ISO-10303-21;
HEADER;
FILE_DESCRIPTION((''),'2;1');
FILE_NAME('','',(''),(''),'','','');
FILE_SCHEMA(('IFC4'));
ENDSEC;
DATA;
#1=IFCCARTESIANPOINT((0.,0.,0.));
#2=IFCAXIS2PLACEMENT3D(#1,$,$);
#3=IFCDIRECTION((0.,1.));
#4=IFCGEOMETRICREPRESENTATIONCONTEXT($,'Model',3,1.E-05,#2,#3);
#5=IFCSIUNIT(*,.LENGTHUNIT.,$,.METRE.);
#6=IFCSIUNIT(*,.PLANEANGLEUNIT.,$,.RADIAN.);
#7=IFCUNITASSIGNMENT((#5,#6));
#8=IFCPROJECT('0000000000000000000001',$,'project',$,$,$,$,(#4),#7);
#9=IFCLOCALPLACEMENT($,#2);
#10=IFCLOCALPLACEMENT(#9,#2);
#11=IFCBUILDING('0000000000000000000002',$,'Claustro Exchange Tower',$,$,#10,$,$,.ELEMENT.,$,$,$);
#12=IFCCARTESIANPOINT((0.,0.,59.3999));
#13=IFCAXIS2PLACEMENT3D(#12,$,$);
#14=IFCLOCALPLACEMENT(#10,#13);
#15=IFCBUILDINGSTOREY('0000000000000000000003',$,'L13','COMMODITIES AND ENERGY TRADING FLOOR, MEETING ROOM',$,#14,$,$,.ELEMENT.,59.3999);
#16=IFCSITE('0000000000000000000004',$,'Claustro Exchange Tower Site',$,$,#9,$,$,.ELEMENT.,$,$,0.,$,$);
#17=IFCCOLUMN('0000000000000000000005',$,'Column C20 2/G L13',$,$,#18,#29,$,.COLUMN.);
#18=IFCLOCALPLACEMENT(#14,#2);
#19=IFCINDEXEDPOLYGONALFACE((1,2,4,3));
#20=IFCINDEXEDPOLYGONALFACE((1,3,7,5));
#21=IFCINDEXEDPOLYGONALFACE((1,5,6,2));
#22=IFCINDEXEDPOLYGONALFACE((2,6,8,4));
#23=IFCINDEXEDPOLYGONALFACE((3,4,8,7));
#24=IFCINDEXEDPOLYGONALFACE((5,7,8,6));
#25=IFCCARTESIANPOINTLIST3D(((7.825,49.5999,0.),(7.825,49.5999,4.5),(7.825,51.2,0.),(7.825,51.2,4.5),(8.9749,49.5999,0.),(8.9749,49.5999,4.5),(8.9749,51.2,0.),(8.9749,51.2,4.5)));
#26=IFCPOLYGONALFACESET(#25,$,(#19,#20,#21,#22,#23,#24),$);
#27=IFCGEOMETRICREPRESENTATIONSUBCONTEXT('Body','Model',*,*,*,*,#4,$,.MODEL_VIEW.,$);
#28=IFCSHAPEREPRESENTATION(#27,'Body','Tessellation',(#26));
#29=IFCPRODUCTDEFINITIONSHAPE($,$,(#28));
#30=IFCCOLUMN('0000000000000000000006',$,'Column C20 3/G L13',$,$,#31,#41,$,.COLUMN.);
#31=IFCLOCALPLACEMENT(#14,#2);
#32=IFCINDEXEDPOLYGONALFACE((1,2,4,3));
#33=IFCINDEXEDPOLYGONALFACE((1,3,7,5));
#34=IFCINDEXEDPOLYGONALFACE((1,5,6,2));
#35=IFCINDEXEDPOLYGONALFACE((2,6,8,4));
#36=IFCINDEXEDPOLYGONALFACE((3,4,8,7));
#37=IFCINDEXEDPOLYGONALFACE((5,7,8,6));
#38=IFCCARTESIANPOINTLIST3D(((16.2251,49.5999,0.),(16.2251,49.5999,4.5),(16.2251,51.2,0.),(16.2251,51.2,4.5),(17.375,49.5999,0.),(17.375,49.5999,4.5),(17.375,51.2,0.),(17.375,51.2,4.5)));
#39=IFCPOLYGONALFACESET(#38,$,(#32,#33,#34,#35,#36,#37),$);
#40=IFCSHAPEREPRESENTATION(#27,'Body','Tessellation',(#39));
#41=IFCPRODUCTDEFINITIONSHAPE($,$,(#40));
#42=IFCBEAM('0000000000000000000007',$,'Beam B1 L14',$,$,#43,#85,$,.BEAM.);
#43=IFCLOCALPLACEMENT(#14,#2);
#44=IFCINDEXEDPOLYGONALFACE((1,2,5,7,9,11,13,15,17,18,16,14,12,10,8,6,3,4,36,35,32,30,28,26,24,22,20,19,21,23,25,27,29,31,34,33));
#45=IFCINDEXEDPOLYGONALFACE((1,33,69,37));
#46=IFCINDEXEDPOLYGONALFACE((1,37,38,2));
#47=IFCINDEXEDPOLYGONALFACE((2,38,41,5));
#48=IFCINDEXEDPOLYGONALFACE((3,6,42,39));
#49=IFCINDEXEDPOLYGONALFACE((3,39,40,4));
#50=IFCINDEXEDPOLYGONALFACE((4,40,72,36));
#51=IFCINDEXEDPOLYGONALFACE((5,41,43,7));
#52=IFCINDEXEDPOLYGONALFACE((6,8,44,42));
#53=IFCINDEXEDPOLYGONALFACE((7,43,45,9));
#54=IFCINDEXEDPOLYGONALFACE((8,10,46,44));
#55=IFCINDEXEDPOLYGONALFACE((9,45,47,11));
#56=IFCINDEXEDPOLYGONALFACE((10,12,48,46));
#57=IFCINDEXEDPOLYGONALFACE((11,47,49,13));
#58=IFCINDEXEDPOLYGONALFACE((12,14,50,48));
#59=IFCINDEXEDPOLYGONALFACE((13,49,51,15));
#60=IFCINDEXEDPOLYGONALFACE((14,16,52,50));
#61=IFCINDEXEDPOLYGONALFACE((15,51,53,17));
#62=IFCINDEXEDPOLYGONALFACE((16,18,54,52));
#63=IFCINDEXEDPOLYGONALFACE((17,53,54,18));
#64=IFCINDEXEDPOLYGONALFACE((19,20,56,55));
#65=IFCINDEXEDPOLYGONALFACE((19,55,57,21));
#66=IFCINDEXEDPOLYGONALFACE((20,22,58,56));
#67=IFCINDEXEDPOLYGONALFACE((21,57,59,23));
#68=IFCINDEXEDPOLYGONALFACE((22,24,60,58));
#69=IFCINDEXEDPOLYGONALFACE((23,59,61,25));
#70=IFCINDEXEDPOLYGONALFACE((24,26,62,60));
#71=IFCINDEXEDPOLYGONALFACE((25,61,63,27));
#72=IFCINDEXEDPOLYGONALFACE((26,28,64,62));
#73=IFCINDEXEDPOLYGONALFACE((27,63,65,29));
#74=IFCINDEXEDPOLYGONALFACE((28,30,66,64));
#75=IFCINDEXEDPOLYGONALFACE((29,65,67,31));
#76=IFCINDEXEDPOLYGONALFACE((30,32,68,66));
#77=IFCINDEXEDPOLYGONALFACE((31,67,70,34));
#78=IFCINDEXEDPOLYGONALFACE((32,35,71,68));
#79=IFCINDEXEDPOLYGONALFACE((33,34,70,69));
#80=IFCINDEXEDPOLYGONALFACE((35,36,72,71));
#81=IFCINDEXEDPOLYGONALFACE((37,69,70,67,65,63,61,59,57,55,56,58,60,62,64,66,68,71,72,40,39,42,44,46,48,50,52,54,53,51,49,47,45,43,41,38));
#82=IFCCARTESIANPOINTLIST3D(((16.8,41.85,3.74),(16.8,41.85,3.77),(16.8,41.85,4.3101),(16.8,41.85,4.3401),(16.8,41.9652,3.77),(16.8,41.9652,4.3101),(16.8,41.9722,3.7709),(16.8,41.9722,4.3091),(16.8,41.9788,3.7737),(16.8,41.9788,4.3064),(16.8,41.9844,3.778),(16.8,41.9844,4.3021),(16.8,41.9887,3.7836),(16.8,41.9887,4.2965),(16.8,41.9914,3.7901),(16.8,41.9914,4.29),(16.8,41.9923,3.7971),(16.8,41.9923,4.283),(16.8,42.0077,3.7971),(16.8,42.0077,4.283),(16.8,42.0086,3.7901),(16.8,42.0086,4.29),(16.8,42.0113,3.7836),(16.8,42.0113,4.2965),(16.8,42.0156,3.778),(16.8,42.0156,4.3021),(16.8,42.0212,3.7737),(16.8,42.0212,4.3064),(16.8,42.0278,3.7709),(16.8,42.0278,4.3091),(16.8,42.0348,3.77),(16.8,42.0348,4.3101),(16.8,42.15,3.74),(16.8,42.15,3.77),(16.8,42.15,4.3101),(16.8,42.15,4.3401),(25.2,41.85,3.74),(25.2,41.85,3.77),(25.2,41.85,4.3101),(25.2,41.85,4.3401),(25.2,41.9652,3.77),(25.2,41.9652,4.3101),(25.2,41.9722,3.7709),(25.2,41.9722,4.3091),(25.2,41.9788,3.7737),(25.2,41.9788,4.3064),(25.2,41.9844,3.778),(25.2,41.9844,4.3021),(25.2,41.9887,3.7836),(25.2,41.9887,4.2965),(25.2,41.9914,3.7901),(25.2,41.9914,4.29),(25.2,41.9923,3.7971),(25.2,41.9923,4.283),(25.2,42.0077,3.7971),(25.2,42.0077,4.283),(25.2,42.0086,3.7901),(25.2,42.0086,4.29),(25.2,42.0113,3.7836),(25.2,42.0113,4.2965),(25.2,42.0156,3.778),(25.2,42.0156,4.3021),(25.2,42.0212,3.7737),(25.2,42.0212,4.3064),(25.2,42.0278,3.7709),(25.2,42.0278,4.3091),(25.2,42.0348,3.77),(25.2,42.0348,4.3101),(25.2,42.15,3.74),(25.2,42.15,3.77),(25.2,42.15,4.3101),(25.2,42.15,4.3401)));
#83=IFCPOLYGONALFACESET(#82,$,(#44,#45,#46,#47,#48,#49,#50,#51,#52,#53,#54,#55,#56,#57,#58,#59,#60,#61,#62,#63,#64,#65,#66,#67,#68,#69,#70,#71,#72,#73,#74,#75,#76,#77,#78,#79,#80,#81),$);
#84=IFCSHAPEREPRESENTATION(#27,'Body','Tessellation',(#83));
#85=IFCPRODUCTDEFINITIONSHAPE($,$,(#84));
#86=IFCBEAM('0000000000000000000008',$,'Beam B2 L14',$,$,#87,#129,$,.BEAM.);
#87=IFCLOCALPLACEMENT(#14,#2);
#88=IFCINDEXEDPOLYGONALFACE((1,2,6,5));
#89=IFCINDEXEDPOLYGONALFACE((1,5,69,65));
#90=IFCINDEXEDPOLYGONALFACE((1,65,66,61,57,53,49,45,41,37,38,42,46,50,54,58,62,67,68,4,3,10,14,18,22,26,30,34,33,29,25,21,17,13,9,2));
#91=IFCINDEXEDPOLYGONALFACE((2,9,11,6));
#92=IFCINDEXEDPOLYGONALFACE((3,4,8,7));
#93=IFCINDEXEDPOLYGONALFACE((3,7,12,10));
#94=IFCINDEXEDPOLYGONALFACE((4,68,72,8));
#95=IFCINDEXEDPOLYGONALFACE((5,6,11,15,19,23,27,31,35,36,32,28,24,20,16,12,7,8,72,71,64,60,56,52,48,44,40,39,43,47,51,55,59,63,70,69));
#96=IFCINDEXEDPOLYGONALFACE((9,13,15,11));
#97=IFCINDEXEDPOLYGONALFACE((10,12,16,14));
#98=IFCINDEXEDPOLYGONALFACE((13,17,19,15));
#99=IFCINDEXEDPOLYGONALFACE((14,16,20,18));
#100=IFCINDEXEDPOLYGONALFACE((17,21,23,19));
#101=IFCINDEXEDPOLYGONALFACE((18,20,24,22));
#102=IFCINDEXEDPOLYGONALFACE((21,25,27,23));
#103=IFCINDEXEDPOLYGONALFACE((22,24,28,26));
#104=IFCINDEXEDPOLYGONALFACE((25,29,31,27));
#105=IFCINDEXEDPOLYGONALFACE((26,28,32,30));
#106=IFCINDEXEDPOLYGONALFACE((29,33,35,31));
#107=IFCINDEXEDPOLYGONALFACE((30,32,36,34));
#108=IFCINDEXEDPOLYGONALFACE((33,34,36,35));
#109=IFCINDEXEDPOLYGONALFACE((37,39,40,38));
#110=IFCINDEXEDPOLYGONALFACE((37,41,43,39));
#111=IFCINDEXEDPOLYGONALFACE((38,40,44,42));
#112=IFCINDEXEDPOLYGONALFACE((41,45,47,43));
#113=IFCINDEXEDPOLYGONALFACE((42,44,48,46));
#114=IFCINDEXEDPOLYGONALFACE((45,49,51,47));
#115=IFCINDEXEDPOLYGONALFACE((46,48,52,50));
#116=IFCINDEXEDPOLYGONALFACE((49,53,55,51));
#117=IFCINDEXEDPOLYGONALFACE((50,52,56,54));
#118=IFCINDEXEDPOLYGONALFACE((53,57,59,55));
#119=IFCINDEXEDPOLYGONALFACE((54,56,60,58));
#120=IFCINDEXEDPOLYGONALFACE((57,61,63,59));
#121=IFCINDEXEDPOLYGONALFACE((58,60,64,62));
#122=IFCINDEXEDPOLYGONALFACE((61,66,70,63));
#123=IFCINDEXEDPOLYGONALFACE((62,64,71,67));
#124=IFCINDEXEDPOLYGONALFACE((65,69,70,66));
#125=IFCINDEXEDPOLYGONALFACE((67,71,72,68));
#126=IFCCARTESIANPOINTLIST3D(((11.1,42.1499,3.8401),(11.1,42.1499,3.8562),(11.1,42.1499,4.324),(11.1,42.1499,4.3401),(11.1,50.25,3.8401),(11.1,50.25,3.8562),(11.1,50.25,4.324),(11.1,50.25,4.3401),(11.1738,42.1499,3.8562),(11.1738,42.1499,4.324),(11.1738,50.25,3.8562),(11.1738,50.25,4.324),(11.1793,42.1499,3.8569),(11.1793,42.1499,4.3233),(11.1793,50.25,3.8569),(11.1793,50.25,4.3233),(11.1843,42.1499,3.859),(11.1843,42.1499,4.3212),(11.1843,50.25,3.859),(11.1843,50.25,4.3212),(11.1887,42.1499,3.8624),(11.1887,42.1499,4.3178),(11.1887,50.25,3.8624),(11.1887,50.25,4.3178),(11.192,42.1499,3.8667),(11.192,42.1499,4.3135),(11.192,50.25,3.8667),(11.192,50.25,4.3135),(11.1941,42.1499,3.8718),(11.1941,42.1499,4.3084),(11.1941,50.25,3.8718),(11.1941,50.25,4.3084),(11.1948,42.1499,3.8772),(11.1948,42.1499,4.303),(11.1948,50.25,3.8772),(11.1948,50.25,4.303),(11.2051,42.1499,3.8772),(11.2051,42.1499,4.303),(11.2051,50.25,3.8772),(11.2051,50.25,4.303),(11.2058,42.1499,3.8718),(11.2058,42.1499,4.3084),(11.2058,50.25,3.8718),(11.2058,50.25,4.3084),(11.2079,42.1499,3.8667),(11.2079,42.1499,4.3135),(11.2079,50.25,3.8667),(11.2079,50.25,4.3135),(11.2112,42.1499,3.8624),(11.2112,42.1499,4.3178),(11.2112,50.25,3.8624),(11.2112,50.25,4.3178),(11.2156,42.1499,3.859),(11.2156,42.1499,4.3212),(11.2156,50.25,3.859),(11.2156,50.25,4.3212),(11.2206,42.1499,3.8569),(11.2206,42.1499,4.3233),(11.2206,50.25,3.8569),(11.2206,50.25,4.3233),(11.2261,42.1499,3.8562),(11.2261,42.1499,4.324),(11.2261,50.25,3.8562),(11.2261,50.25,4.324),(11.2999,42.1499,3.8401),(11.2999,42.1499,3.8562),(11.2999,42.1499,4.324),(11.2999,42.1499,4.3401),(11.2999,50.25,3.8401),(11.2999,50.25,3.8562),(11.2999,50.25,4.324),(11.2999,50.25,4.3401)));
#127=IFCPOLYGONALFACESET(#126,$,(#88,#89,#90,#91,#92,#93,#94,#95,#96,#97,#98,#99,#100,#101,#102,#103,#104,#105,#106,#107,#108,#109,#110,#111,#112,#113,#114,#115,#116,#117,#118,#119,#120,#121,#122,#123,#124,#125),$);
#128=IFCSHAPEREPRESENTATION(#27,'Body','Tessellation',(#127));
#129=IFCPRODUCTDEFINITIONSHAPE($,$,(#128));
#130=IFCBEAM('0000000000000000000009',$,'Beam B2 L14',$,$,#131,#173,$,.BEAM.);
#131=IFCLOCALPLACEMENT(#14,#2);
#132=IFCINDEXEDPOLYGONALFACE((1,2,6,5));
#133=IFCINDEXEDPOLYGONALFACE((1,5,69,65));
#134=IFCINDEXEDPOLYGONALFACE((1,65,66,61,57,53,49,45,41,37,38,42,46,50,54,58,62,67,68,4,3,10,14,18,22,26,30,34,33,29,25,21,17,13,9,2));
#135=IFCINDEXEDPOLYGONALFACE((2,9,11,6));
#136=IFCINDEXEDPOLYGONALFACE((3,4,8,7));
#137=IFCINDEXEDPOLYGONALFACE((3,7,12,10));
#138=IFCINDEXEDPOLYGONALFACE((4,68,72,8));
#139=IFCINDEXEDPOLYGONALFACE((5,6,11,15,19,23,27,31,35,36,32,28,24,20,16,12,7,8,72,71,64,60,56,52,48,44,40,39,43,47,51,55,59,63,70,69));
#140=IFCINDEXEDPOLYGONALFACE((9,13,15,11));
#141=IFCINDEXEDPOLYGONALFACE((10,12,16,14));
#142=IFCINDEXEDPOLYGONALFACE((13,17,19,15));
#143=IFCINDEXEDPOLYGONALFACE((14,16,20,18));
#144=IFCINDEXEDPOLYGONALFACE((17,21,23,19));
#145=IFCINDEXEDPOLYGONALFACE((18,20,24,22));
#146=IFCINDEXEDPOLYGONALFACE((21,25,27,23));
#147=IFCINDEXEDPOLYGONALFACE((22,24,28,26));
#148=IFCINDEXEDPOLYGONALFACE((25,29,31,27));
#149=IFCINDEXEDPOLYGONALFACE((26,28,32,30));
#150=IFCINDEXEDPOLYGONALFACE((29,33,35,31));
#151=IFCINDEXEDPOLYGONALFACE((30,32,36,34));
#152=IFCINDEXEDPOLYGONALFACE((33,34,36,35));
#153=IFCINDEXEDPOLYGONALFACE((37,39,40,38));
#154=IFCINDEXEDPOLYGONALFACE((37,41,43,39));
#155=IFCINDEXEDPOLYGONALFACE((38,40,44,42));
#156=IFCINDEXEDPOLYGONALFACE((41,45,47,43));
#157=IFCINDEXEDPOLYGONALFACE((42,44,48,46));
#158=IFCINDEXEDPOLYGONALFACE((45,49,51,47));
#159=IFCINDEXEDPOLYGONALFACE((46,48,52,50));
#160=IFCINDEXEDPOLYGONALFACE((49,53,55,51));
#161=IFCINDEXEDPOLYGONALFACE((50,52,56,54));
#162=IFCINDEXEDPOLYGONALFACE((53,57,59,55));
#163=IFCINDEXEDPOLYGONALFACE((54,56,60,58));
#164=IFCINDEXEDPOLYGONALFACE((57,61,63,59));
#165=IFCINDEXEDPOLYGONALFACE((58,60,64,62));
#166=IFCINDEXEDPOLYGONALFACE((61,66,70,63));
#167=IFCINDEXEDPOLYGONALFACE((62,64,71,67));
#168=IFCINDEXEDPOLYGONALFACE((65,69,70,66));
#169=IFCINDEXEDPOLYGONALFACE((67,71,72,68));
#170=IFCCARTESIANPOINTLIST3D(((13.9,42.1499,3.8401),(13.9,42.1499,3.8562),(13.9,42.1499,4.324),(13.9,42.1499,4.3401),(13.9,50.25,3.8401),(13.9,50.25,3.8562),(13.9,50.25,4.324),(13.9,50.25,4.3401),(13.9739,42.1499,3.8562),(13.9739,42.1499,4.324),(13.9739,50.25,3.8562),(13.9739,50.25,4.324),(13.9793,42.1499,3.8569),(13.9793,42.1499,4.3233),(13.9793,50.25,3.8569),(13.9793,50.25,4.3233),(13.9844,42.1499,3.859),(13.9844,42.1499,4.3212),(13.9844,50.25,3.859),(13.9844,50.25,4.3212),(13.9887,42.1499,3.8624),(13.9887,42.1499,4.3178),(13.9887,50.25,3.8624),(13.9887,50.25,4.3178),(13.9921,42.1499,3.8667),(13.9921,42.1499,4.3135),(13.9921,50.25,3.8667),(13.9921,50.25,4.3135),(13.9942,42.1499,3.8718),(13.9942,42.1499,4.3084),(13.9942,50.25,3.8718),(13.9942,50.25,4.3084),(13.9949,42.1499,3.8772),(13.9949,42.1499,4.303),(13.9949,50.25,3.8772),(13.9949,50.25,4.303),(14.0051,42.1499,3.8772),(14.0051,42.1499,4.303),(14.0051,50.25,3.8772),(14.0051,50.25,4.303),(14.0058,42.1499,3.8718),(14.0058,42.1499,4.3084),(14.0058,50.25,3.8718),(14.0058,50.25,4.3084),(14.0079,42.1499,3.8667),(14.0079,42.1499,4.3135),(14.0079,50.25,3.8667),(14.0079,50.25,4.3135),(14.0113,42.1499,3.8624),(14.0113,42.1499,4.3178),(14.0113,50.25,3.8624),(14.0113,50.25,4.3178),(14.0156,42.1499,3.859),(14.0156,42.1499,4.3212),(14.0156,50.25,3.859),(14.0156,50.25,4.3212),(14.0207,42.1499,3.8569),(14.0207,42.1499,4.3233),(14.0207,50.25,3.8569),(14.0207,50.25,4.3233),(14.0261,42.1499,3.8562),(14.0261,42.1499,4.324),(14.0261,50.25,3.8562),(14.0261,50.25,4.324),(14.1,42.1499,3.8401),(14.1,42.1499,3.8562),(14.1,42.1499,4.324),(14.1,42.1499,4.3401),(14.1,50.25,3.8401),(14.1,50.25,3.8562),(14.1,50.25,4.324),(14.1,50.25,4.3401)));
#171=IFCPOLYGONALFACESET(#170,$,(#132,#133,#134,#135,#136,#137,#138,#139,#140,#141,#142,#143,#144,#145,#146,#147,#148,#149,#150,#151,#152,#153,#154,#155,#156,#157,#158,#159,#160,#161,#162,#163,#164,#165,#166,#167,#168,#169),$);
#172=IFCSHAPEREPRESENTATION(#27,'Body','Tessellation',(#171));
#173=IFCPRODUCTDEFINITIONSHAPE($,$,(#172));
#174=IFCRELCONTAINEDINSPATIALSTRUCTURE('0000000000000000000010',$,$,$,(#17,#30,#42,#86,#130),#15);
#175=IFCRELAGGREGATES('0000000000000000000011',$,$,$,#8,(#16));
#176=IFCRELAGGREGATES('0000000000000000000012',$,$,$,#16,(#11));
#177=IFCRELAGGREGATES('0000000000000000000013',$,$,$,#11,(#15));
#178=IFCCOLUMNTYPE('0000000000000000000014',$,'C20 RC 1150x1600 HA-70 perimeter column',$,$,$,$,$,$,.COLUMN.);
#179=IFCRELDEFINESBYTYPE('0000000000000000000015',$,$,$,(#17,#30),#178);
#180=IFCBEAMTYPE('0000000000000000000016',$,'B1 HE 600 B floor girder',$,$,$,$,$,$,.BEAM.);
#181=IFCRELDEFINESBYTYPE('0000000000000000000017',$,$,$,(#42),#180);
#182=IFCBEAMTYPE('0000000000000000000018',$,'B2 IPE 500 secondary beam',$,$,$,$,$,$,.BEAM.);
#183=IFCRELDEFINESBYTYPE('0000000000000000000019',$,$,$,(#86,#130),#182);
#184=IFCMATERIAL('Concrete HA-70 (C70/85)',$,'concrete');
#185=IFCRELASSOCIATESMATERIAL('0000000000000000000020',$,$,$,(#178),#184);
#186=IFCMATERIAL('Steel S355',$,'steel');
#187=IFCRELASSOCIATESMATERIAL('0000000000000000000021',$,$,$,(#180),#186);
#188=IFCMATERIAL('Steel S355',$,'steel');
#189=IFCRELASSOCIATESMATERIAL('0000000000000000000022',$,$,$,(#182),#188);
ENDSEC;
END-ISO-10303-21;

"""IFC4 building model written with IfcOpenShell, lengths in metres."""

from ifc_helpers import new_model, si_unit, direction, frame, origin, origin_2d, place, context, subcontext, project, spatial, rectangle, i_section, extrude, material, material_profile, profile_set, type_object, element, save


model = new_model("IFC4")

# Units and contexts
model_context = context("Model", 3, precision=1e-05, world=origin(), true_north=direction((0.0, 1.0)))
body_context = subcontext(model_context, "Body", "Model", "MODEL_VIEW")
ifc_project = project(units=[si_unit("LENGTHUNIT", "METRE"), si_unit("PLANEANGLEUNIT", "RADIAN")], contexts=[model_context])

# Site, building, storey
site_placement = place(None, origin())
site = spatial("IfcSite", under=ifc_project, at=site_placement, Name="Claustro Exchange Tower Site", CompositionType="ELEMENT", RefElevation=0.0)
building_placement = place(site_placement, origin())
building = spatial("IfcBuilding", under=site, at=building_placement, Name="Claustro Exchange Tower", CompositionType="ELEMENT")
storey_placement = place(building_placement, frame((0.0, 0.0, 59.3999)))
storey = spatial("IfcBuildingStorey", under=building, at=storey_placement, Name="L13", Description="COMMODITIES AND ENERGY TRADING FLOOR, MEETING ROOM", CompositionType="ELEMENT", Elevation=59.3999)

# Columns
ifc_material_1 = material(Name="Concrete HA-70 (C70/85)", Category="concrete")
ifc_material_profile_1 = material_profile(ifc_material_1, rectangle(XDim=1.1499, YDim=1.6001, at=origin_2d()), Name="RC 1150x1600")
ifc_profile_set_1 = profile_set([ifc_material_profile_1], Name="Concrete HA-70 (C70/85)")
column_type = type_object("IfcColumnType", Name="C20 RC 1150x1600 HA-70 perimeter column", PredefinedType="COLUMN", material=ifc_profile_set_1)
for number, where, z_axis, x_axis, name in (
    (1, (8.3999, 50.3999, 0.0), (0.0, 0.0, 1.0), (1.0, 0.0, 0.0), "Column C20 2/G L13"),
    (2, (16.8, 50.3999, 0.0), (0.0, 0.0, 1.0), (1.0, 0.0, 0.0), "Column C20 3/G L13"),
):
    element("IfcColumn", number, at=place(storey_placement, frame(where, z_axis=z_axis, x_axis=x_axis)), inside=storey, type_object=column_type, Name=name, PredefinedType="COLUMN", context=body_context, shape_type="SweptSolid", body=[
        extrude(rectangle(XDim=1.1499, YDim=1.6001, at=origin_2d()), origin(), (0.0, 0.0, 1.0), 4.5),
    ])

# Beams
ifc_material_2 = material(Name="Steel S355", Category="steel")
ifc_material_profile_2 = material_profile(ifc_material_2, i_section(OverallWidth=0.3, OverallDepth=0.6001, WebThickness=0.0154, FlangeThickness=0.03, FilletRadius=0.0271, at=origin_2d()), Name="HE 600 B")
ifc_profile_set_2 = profile_set([ifc_material_profile_2], Name="Steel S355")
beam_type_1 = type_object("IfcBeamType", Name="B1 HE 600 B floor girder", PredefinedType="BEAM", material=ifc_profile_set_2)
beam_1_placement = place(storey_placement, frame((16.8, 42.0, 4.04), z_axis=(1.0, 0.0, 0.0), x_axis=(0.0, 1.0, 0.0)))
element("IfcBeam", 3, at=beam_1_placement, inside=storey, type_object=beam_type_1, Name="Beam B1 L14", PredefinedType="BEAM", context=body_context, shape_type="SweptSolid", body=[
    extrude(i_section(OverallWidth=0.3, OverallDepth=0.6001, WebThickness=0.0154, FlangeThickness=0.03, FilletRadius=0.0271, at=origin_2d()), origin(), (0.0, 0.0, 1.0), 8.3999),
])
ifc_material_3 = material(Name="Steel S355", Category="steel")
ifc_material_profile_3 = material_profile(ifc_material_3, i_section(OverallWidth=0.2, OverallDepth=0.5, WebThickness=0.0103, FlangeThickness=0.0161, FilletRadius=0.021, at=origin_2d()), Name="IPE 500")
ifc_profile_set_3 = profile_set([ifc_material_profile_3], Name="Steel S355")
beam_type_2 = type_object("IfcBeamType", Name="B2 IPE 500 secondary beam", PredefinedType="BEAM", material=ifc_profile_set_3)
for number, where, z_axis, x_axis, name in (
    (4, (11.2, 42.1499, 4.0901), (0.0, 1.0, 0.0), (-1.0, 0.0, 0.0), "Beam B2 L14"),
    (5, (14.0, 42.1499, 4.0901), (0.0, 1.0, 0.0), (-1.0, 0.0, 0.0), "Beam B2 L14"),
):
    element("IfcBeam", number, at=place(storey_placement, frame(where, z_axis=z_axis, x_axis=x_axis)), inside=storey, type_object=beam_type_2, Name=name, PredefinedType="BEAM", context=body_context, shape_type="SweptSolid", body=[
        extrude(i_section(OverallWidth=0.2, OverallDepth=0.5, WebThickness=0.0103, FlangeThickness=0.0161, FilletRadius=0.021, at=origin_2d()), origin(), (0.0, 0.0, 1.0), 8.1001),
    ])

save(model, "model.ifc")
